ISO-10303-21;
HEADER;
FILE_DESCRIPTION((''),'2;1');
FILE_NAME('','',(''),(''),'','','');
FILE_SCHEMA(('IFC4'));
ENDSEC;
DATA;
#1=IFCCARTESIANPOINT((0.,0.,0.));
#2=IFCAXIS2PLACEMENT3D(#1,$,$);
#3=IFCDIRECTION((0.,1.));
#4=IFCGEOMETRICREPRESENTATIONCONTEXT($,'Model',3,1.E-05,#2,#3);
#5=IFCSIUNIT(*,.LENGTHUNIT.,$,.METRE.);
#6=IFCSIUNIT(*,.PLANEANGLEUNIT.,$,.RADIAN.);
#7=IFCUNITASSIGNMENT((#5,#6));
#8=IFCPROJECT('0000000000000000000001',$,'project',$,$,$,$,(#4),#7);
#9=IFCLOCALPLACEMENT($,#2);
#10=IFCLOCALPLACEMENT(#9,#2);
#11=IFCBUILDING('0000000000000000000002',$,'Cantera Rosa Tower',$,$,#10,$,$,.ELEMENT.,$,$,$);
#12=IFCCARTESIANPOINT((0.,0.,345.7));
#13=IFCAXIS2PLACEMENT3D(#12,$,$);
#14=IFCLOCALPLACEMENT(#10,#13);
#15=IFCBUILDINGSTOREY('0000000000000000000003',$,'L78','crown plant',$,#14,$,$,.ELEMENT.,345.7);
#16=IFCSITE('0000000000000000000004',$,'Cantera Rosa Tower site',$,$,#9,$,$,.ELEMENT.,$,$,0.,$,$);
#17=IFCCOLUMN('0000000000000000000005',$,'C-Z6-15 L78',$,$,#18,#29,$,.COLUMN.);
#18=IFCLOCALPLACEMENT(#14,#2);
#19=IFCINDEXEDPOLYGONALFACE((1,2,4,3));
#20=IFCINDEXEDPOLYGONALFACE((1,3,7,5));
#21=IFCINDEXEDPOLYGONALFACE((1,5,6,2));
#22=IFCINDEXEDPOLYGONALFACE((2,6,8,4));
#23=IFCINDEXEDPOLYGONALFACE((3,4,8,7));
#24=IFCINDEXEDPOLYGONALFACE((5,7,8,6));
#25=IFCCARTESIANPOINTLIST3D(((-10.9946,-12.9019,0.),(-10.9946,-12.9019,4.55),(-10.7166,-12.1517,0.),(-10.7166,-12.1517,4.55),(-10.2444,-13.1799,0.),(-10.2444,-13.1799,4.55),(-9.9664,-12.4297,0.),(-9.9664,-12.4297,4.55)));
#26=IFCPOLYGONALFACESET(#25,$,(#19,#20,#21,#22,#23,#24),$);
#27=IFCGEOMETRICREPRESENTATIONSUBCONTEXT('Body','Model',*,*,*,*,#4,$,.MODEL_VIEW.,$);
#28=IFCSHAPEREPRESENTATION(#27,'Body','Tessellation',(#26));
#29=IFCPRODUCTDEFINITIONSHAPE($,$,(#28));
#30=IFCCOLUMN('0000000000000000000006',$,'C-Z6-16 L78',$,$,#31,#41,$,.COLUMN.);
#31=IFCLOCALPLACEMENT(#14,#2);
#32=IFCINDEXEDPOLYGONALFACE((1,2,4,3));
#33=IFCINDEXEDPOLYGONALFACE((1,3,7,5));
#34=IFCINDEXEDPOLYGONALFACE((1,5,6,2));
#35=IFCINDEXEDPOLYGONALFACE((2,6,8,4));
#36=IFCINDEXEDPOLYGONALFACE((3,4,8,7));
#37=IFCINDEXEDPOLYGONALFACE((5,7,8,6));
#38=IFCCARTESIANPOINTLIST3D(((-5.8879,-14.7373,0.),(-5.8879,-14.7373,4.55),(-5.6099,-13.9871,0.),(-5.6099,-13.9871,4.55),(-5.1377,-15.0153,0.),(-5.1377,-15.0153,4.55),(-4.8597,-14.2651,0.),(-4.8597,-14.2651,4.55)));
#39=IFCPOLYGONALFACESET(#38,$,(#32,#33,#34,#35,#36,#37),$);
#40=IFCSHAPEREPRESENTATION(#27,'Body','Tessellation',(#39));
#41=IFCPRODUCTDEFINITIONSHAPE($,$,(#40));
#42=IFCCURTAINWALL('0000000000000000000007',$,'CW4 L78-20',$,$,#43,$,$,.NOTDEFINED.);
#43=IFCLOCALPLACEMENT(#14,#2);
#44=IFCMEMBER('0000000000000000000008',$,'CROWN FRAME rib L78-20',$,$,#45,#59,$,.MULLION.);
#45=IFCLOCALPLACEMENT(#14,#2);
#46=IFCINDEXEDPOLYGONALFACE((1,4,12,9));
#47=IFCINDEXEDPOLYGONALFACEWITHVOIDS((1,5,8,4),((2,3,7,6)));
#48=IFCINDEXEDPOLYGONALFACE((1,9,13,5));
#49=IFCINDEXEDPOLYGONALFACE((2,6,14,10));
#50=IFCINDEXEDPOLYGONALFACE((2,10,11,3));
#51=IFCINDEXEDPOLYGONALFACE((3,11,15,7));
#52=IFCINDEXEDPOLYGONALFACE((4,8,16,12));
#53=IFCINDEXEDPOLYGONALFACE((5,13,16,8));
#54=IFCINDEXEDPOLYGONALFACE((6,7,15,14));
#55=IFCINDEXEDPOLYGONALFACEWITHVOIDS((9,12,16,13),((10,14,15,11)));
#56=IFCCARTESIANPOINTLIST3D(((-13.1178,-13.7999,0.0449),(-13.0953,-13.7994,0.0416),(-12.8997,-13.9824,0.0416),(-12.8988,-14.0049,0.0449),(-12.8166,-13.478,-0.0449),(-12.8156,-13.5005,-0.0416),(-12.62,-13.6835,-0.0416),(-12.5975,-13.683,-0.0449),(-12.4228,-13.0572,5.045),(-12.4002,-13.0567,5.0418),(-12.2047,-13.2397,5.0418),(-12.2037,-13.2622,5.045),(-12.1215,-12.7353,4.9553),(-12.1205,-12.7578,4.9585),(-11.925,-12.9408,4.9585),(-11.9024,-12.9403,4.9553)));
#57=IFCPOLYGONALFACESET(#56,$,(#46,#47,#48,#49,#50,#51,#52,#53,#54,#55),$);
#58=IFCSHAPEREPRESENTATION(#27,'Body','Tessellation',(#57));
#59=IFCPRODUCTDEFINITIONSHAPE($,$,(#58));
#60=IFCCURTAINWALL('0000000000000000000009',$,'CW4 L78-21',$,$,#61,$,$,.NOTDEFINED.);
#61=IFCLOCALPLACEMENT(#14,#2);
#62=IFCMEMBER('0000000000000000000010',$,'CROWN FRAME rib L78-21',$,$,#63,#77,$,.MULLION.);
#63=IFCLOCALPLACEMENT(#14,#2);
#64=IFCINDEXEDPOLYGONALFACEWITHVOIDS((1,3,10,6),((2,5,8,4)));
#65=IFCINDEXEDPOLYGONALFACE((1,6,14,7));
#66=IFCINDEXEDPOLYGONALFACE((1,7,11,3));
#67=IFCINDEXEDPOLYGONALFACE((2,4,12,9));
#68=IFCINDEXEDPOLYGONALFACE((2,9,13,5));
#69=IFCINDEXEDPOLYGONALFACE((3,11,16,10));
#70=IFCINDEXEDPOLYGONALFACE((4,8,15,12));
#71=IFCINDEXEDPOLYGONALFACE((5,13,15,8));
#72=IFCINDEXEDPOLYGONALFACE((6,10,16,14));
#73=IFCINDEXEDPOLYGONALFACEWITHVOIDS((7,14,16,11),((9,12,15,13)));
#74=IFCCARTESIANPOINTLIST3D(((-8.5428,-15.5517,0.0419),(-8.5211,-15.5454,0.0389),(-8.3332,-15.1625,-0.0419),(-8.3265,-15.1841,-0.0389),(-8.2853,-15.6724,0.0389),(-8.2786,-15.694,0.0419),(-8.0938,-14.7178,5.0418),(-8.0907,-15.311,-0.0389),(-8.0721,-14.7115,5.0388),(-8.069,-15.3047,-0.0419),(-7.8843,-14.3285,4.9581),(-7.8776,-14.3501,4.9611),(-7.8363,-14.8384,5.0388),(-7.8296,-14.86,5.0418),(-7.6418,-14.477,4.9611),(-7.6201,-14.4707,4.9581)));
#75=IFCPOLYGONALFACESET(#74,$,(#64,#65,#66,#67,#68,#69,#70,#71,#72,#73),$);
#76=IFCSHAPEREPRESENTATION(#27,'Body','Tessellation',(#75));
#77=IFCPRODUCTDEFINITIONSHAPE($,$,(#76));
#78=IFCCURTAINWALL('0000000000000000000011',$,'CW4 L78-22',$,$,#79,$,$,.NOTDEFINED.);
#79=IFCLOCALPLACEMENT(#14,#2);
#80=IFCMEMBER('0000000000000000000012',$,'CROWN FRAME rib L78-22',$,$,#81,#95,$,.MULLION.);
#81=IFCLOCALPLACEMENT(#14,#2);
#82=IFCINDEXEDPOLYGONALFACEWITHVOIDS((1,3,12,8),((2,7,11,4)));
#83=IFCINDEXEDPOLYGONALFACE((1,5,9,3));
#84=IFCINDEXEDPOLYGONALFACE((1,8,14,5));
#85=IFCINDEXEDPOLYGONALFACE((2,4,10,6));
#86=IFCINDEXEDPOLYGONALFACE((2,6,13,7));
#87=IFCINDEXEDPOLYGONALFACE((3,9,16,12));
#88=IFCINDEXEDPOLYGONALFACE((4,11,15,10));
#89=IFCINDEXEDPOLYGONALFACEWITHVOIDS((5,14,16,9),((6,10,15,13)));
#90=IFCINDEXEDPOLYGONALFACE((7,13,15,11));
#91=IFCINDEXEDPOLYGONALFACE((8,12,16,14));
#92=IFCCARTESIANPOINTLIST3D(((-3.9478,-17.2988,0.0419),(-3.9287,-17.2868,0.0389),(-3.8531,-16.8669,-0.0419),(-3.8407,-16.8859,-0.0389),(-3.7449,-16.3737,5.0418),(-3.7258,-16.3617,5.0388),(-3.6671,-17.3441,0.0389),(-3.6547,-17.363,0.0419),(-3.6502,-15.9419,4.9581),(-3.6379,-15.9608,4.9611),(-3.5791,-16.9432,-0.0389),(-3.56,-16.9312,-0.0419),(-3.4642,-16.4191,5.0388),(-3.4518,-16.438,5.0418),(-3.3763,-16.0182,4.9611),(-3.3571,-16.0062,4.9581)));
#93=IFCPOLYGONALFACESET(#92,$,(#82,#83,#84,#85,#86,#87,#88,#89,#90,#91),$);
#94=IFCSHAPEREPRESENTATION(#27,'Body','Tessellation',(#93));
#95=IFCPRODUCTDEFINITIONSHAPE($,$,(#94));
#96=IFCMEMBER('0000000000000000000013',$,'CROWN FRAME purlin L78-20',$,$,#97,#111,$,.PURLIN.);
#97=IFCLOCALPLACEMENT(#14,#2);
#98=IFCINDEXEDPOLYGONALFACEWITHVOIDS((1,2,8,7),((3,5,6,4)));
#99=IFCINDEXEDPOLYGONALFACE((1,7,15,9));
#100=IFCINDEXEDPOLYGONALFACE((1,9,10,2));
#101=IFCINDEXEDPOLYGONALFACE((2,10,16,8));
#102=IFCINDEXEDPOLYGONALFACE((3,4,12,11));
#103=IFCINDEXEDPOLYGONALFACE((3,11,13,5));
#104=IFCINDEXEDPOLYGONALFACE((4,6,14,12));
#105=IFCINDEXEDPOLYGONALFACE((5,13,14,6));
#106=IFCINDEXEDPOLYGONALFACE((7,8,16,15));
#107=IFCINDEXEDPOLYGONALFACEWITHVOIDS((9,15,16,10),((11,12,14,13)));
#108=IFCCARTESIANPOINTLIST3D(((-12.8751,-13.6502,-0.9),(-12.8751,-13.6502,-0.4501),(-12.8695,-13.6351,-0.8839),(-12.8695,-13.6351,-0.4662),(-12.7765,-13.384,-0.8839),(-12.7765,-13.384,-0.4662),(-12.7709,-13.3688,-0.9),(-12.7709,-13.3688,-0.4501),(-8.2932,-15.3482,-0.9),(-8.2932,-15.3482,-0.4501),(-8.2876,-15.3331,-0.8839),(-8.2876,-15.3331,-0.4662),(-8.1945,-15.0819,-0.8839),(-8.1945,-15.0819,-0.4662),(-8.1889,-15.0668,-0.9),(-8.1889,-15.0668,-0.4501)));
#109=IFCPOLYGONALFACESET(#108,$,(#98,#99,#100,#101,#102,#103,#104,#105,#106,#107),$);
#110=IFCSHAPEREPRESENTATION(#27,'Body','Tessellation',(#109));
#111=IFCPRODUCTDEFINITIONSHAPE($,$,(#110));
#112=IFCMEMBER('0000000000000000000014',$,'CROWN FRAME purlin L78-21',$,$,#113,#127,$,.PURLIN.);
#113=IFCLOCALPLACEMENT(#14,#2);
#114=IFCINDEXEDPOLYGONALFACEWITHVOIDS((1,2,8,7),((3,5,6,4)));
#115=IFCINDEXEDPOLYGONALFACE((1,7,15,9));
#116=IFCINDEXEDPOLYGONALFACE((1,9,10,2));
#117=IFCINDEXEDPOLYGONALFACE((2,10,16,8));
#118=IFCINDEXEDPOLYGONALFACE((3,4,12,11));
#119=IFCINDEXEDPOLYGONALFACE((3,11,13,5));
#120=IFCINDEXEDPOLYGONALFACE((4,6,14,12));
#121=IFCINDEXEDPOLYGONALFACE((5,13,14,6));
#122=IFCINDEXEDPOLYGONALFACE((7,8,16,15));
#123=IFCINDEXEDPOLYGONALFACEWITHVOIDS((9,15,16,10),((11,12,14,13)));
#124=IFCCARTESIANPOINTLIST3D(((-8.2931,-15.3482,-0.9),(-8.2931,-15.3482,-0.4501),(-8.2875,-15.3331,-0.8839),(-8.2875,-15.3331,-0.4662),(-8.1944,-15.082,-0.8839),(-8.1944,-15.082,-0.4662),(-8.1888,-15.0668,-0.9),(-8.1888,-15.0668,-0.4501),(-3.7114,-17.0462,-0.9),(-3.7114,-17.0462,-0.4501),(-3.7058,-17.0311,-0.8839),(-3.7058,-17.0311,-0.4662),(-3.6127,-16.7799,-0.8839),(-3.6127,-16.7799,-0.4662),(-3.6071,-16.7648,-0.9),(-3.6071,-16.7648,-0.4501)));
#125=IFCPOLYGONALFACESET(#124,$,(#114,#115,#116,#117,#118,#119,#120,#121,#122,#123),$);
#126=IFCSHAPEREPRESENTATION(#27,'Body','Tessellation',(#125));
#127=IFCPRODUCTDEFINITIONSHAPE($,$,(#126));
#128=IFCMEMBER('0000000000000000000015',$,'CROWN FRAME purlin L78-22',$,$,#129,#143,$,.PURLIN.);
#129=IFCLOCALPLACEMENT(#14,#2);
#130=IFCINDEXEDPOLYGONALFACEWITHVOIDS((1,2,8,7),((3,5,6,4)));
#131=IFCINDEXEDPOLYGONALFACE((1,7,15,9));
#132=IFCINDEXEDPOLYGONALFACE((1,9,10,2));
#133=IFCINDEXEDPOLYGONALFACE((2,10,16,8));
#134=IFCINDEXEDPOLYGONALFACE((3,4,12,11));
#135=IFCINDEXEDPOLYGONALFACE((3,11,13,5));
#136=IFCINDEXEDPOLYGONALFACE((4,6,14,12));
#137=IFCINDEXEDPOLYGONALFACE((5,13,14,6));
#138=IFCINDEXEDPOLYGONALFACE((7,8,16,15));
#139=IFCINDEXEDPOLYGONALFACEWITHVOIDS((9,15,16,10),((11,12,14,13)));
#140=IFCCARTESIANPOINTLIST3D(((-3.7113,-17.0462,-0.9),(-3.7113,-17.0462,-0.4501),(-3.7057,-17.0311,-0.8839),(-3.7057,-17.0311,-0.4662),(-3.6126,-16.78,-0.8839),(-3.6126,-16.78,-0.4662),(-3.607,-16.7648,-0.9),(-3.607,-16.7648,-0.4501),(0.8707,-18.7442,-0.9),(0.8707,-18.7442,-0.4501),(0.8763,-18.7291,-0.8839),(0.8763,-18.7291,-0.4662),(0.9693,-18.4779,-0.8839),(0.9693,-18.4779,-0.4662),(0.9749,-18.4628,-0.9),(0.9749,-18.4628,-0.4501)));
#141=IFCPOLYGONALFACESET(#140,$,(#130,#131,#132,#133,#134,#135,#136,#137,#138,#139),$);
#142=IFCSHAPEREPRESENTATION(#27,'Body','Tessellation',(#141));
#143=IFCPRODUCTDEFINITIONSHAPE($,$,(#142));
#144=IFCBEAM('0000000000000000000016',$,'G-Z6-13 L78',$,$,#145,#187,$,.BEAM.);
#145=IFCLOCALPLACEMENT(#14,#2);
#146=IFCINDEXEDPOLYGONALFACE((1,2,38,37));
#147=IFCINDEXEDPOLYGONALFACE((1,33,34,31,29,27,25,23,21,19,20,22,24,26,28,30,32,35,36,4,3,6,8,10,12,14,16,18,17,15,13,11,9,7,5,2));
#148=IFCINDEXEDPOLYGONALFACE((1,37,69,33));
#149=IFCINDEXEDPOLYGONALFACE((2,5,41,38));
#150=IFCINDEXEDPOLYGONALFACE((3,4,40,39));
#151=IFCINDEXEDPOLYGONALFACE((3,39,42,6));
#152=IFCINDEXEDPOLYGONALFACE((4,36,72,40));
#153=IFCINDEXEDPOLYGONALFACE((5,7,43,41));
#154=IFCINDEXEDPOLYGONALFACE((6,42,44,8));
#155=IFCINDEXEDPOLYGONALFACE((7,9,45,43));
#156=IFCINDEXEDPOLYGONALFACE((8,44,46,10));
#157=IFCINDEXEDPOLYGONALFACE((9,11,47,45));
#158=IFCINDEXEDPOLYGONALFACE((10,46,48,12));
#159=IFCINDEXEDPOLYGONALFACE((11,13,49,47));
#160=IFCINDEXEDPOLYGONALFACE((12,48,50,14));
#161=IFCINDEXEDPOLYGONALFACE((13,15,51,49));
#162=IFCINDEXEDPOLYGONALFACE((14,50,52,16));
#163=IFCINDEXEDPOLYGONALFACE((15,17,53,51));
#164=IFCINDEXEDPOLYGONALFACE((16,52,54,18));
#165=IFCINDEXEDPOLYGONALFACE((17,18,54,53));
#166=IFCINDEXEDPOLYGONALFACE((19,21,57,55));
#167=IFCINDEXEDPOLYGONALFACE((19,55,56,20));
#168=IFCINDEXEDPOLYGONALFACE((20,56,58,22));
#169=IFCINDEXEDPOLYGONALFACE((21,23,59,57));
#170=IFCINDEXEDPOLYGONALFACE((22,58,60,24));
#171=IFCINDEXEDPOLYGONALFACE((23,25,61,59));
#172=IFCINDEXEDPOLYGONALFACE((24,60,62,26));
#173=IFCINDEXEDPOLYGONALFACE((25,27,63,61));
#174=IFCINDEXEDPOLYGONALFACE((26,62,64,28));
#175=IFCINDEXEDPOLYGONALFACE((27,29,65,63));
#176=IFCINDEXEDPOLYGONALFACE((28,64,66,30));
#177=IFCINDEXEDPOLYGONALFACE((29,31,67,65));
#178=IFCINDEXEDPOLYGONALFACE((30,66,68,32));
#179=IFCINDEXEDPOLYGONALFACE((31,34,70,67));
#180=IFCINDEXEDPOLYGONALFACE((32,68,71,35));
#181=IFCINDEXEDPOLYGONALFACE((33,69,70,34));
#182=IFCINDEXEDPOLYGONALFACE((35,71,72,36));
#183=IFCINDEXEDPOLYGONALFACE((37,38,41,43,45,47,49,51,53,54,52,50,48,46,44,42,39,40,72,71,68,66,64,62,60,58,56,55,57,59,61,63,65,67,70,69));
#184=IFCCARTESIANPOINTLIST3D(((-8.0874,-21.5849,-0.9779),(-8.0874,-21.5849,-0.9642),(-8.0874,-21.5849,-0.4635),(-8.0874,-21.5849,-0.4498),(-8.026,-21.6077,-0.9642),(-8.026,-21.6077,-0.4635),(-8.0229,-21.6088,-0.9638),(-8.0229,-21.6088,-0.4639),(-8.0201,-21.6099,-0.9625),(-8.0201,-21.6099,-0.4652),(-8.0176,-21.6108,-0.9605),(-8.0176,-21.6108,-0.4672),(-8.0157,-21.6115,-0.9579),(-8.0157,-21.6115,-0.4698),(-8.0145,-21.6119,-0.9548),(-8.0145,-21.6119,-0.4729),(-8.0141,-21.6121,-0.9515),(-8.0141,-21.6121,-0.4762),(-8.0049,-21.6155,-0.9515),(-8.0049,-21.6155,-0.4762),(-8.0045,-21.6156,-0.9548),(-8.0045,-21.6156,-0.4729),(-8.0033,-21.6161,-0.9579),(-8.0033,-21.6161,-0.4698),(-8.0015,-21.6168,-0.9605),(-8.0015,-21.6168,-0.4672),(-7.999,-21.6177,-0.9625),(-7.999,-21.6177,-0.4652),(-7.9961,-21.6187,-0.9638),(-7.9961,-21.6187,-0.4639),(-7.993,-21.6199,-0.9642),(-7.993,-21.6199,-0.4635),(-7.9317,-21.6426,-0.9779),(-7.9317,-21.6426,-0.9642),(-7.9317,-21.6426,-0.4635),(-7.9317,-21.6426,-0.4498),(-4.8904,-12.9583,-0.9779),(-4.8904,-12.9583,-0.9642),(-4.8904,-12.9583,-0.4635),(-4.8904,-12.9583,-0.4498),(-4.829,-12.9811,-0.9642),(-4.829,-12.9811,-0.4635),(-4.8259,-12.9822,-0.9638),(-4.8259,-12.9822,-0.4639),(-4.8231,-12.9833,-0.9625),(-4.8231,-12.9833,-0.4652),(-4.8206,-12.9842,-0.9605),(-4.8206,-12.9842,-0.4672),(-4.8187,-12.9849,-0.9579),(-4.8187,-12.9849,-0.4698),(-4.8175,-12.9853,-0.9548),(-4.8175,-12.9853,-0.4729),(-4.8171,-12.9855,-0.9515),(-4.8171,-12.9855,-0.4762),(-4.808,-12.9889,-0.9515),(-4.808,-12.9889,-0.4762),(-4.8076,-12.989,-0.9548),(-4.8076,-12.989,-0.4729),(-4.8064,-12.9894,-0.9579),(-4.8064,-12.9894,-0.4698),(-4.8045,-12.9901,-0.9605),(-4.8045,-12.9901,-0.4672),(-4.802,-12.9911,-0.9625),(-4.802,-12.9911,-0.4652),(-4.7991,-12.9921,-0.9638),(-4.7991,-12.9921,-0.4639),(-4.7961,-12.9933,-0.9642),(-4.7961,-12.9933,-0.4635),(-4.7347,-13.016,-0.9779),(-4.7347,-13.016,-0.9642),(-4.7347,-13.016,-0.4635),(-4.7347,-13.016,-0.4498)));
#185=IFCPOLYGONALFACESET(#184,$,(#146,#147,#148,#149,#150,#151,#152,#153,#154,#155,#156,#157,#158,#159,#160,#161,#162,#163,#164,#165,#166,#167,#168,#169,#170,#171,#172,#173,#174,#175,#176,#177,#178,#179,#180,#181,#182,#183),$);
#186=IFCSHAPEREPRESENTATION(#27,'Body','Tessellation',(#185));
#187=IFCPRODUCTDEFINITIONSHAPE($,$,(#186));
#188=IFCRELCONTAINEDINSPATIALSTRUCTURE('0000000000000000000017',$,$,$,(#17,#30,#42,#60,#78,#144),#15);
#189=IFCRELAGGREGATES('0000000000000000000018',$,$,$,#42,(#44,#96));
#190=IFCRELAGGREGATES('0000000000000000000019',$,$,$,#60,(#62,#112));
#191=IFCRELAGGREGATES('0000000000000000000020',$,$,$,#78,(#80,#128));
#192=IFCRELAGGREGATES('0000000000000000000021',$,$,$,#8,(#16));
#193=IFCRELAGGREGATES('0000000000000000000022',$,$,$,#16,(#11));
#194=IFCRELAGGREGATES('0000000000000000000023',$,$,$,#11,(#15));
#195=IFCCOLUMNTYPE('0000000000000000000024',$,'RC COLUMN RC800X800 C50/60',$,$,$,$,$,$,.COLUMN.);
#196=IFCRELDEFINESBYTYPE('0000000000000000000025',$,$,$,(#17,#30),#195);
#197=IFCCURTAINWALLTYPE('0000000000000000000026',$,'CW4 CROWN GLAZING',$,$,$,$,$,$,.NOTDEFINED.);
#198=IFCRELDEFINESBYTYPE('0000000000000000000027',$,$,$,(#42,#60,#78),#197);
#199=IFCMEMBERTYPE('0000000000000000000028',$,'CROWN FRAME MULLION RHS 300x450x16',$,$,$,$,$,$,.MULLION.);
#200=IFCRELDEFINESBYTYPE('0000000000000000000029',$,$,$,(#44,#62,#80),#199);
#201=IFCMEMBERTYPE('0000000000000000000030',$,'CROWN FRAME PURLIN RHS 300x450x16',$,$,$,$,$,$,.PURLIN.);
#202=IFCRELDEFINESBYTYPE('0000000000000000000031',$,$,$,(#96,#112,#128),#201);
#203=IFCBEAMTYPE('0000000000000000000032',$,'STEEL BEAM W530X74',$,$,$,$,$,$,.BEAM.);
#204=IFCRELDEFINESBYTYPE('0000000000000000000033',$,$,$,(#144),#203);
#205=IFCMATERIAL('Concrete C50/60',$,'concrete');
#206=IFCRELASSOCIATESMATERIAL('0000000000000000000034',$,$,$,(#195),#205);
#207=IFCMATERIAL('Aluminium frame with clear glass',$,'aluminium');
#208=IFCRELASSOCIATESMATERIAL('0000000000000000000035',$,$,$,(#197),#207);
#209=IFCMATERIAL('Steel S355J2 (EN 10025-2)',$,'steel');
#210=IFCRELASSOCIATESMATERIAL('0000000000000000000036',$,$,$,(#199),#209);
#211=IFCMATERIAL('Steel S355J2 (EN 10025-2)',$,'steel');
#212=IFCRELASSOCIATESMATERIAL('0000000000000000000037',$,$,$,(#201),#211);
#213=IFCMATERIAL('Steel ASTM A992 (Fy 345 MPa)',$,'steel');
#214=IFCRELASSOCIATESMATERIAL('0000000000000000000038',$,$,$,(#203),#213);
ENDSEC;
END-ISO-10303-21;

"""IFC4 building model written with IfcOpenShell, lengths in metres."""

from ifc_helpers import new_model, si_unit, direction, frame, origin, origin_2d, place, context, subcontext, project, spatial, rectangle, hollow_rectangle, i_section, extrude, material, material_profile, profile_set, type_object, element, aggregate, save


model = new_model("IFC4")

# Units and contexts
model_context = context("Model", 3, precision=1e-05, world=origin(), true_north=direction((0.0, 1.0)))
body_context = subcontext(model_context, "Body", "Model", "MODEL_VIEW")
ifc_project = project(units=[si_unit("LENGTHUNIT", "METRE"), si_unit("PLANEANGLEUNIT", "RADIAN")], contexts=[model_context])

# Site, building, storey
site_placement = place(None, origin())
site = spatial("IfcSite", under=ifc_project, at=site_placement, Name="Cantera Rosa Tower site", CompositionType="ELEMENT", RefElevation=0.0)
building_placement = place(site_placement, origin())
building = spatial("IfcBuilding", under=site, at=building_placement, Name="Cantera Rosa Tower", CompositionType="ELEMENT")
storey_placement = place(building_placement, frame((0.0, 0.0, 345.7)))
storey = spatial("IfcBuildingStorey", under=building, at=storey_placement, Name="L78", Description="crown plant", CompositionType="ELEMENT", Elevation=345.7)

# Columns
ifc_material_1 = material(Name="Concrete C50/60", Category="concrete")
ifc_material_profile_1 = material_profile(ifc_material_1, rectangle(XDim=0.8, YDim=0.8, at=origin_2d()), Name="RC COLUMN RC800X800 C50/60")
ifc_profile_set_1 = profile_set([ifc_material_profile_1], Name="Concrete C50/60")
column_type = type_object("IfcColumnType", Name="RC COLUMN RC800X800 C50/60", PredefinedType="COLUMN", material=ifc_profile_set_1)
for number, where, z_axis, x_axis, name in (
    (1, (-10.4805, -12.6658, 0.0), (0.0, 0.0, 1.0), (0.347481, 0.937687, 0.0), "C-Z6-15 L78"),
    (2, (-5.3738, -14.5012, 0.0), (0.0, 0.0, 1.0), (0.347481, 0.937687, 0.0), "C-Z6-16 L78"),
):
    element("IfcColumn", number, at=place(storey_placement, frame(where, z_axis=z_axis, x_axis=x_axis)), inside=storey, type_object=column_type, Name=name, PredefinedType="COLUMN", context=body_context, shape_type="SweptSolid", body=[
        extrude(rectangle(XDim=0.8, YDim=0.8, at=origin_2d()), origin(), (0.0, 0.0, 1.0), 4.55),
    ])

# Curtain walls, members
ifc_material_2 = material(Name="Aluminium frame with clear glass", Category="aluminium")
curtain_wall_type = type_object("IfcCurtainWallType", Name="CW4 CROWN GLAZING", PredefinedType="NOTDEFINED", material=ifc_material_2)
curtain_wall_1_placement = place(storey_placement, origin())
curtain_wall_1 = element("IfcCurtainWall", 3, at=curtain_wall_1_placement, inside=storey, type_object=curtain_wall_type, Name="CW4 L78-20", PredefinedType="NOTDEFINED")
ifc_material_3 = material(Name="Steel S355J2 (EN 10025-2)", Category="steel")
ifc_material_profile_2 = material_profile(ifc_material_3, hollow_rectangle(XDim=0.3, YDim=0.45, WallThickness=0.0161, at=origin_2d()), Name="CROWN FRAME MULLION RHS 300x450x16")
ifc_profile_set_2 = profile_set([ifc_material_profile_2], Name="Steel S355J2 (EN 10025-2)")
member_type_1 = type_object("IfcMemberType", Name="CROWN FRAME MULLION RHS 300x450x16", PredefinedType="MULLION", material=ifc_profile_set_2)
member_1_placement = place(storey_placement, frame((-12.8577, -13.7415, 0.0), z_axis=(0.136223, 0.145554, 0.979927), x_axis=(-0.730121, 0.683318, 0.0)))
member_1 = element("IfcMember", 4, at=member_1_placement, type_object=member_type_1, Name="CROWN FRAME rib L78-20", PredefinedType="MULLION", context=body_context, shape_type="SweptSolid", body=[
    extrude(hollow_rectangle(XDim=0.3, YDim=0.45, WallThickness=0.0161, at=origin_2d()), origin(), (0.0, 0.0, 1.0), 5.1025),
])
curtain_wall_2_placement = place(storey_placement, origin())
curtain_wall_2 = element("IfcCurtainWall", 5, at=curtain_wall_2_placement, inside=storey, type_object=curtain_wall_type, Name="CW4 L78-21", PredefinedType="NOTDEFINED")
member_2_placement = place(storey_placement, frame((-8.3059, -15.4282, 0.0), z_axis=(0.088226, 0.163882, 0.982527), x_axis=(-0.880512, 0.474023, 0.0)))
member_2 = element("IfcMember", 6, at=member_2_placement, type_object=member_type_1, Name="CROWN FRAME rib L78-21", PredefinedType="MULLION", context=body_context, shape_type="SweptSolid", body=[
    extrude(hollow_rectangle(XDim=0.3, YDim=0.45, WallThickness=0.0161, at=origin_2d()), origin(), (0.0, 0.0, 1.0), 5.0889),
])
curtain_wall_3_placement = place(storey_placement, origin())
curtain_wall_3 = element("IfcCurtainWall", 7, at=curtain_wall_3_placement, inside=storey, type_object=curtain_wall_type, Name="CW4 L78-22", PredefinedType="NOTDEFINED")
member_3_placement = place(storey_placement, frame((-3.7539, -17.115, 0.0), z_axis=(0.039867, 0.181778, 0.982531), x_axis=(-0.976784, 0.214227, 0.0)))
member_3 = element("IfcMember", 8, at=member_3_placement, type_object=member_type_1, Name="CROWN FRAME rib L78-22", PredefinedType="MULLION", context=body_context, shape_type="SweptSolid", body=[
    extrude(hollow_rectangle(XDim=0.3, YDim=0.45, WallThickness=0.0161, at=origin_2d()), origin(), (0.0, 0.0, 1.0), 5.0889),
])

# Members
ifc_material_4 = material(Name="Steel S355J2 (EN 10025-2)", Category="steel")
ifc_material_profile_3 = material_profile(ifc_material_4, hollow_rectangle(XDim=0.3, YDim=0.45, WallThickness=0.0161, at=origin_2d()), Name="CROWN FRAME PURLIN RHS 300x450x16")
ifc_profile_set_3 = profile_set([ifc_material_profile_3], Name="Steel S355J2 (EN 10025-2)")
member_type_2 = type_object("IfcMemberType", Name="CROWN FRAME PURLIN RHS 300x450x16", PredefinedType="PURLIN", material=ifc_profile_set_3)
member_4_placement = place(storey_placement, frame((-12.823, -13.5095, -0.675), z_axis=(0.937685, -0.347485, 0.0), x_axis=(0.347485, 0.937685, 0.0)))
member_4 = element("IfcMember", 9, at=member_4_placement, type_object=member_type_2, Name="CROWN FRAME purlin L78-20", PredefinedType="PURLIN", context=body_context, shape_type="SweptSolid", body=[
    extrude(hollow_rectangle(XDim=0.3, YDim=0.45, WallThickness=0.0161, at=origin_2d()), origin(), (0.0, 0.0, 1.0), 4.8865),
])
member_5_placement = place(storey_placement, frame((-8.241, -15.2075, -0.675), z_axis=(0.937679, -0.347501, 0.0), x_axis=(0.347501, 0.937679, 0.0)))
member_5 = element("IfcMember", 10, at=member_5_placement, type_object=member_type_2, Name="CROWN FRAME purlin L78-21", PredefinedType="PURLIN", context=body_context, shape_type="SweptSolid", body=[
    extrude(hollow_rectangle(XDim=0.3, YDim=0.45, WallThickness=0.0161, at=origin_2d()), origin(), (0.0, 0.0, 1.0), 4.8862),
])
member_6_placement = place(storey_placement, frame((-3.6592, -16.9055, -0.675), z_axis=(0.937685, -0.347485, 0.0), x_axis=(0.347485, 0.937685, 0.0)))
member_6 = element("IfcMember", 11, at=member_6_placement, type_object=member_type_2, Name="CROWN FRAME purlin L78-22", PredefinedType="PURLIN", context=body_context, shape_type="SweptSolid", body=[
    extrude(hollow_rectangle(XDim=0.3, YDim=0.45, WallThickness=0.0161, at=origin_2d()), origin(), (0.0, 0.0, 1.0), 4.8865),
])

# Beam
ifc_material_5 = material(Name="Steel ASTM A992 (Fy 345 MPa)", Category="steel")
ifc_material_profile_4 = material_profile(ifc_material_5, i_section(OverallWidth=0.166, OverallDepth=0.5281, WebThickness=0.0098, FlangeThickness=0.0137, FilletRadius=0.0127, at=origin_2d()), Name="W530X74")
ifc_profile_set_4 = profile_set([ifc_material_profile_4], Name="Steel ASTM A992 (Fy 345 MPa)")
beam_type_1 = type_object("IfcBeamType", Name="STEEL BEAM W530X74", PredefinedType="BEAM", material=ifc_profile_set_4)
beam_1_placement = place(storey_placement, frame((-8.0095, -21.6138, -0.7139), z_axis=(0.3475, 0.93768, 0.0), x_axis=(-0.93768, 0.3475, 0.0)))
element("IfcBeam", 12, at=beam_1_placement, inside=storey, type_object=beam_type_1, Name="G-Z6-13 L78", PredefinedType="BEAM", context=body_context, shape_type="SweptSolid", body=[
    extrude(i_section(OverallWidth=0.166, OverallDepth=0.5281, WebThickness=0.0098, FlangeThickness=0.0137, FilletRadius=0.0127, at=origin_2d()), origin(), (0.0, 0.0, 1.0), 9.2),
])

aggregate(curtain_wall_1, [member_1, member_4])
aggregate(curtain_wall_2, [member_2, member_5])
aggregate(curtain_wall_3, [member_3, member_6])

save(model, "model.ifc")
